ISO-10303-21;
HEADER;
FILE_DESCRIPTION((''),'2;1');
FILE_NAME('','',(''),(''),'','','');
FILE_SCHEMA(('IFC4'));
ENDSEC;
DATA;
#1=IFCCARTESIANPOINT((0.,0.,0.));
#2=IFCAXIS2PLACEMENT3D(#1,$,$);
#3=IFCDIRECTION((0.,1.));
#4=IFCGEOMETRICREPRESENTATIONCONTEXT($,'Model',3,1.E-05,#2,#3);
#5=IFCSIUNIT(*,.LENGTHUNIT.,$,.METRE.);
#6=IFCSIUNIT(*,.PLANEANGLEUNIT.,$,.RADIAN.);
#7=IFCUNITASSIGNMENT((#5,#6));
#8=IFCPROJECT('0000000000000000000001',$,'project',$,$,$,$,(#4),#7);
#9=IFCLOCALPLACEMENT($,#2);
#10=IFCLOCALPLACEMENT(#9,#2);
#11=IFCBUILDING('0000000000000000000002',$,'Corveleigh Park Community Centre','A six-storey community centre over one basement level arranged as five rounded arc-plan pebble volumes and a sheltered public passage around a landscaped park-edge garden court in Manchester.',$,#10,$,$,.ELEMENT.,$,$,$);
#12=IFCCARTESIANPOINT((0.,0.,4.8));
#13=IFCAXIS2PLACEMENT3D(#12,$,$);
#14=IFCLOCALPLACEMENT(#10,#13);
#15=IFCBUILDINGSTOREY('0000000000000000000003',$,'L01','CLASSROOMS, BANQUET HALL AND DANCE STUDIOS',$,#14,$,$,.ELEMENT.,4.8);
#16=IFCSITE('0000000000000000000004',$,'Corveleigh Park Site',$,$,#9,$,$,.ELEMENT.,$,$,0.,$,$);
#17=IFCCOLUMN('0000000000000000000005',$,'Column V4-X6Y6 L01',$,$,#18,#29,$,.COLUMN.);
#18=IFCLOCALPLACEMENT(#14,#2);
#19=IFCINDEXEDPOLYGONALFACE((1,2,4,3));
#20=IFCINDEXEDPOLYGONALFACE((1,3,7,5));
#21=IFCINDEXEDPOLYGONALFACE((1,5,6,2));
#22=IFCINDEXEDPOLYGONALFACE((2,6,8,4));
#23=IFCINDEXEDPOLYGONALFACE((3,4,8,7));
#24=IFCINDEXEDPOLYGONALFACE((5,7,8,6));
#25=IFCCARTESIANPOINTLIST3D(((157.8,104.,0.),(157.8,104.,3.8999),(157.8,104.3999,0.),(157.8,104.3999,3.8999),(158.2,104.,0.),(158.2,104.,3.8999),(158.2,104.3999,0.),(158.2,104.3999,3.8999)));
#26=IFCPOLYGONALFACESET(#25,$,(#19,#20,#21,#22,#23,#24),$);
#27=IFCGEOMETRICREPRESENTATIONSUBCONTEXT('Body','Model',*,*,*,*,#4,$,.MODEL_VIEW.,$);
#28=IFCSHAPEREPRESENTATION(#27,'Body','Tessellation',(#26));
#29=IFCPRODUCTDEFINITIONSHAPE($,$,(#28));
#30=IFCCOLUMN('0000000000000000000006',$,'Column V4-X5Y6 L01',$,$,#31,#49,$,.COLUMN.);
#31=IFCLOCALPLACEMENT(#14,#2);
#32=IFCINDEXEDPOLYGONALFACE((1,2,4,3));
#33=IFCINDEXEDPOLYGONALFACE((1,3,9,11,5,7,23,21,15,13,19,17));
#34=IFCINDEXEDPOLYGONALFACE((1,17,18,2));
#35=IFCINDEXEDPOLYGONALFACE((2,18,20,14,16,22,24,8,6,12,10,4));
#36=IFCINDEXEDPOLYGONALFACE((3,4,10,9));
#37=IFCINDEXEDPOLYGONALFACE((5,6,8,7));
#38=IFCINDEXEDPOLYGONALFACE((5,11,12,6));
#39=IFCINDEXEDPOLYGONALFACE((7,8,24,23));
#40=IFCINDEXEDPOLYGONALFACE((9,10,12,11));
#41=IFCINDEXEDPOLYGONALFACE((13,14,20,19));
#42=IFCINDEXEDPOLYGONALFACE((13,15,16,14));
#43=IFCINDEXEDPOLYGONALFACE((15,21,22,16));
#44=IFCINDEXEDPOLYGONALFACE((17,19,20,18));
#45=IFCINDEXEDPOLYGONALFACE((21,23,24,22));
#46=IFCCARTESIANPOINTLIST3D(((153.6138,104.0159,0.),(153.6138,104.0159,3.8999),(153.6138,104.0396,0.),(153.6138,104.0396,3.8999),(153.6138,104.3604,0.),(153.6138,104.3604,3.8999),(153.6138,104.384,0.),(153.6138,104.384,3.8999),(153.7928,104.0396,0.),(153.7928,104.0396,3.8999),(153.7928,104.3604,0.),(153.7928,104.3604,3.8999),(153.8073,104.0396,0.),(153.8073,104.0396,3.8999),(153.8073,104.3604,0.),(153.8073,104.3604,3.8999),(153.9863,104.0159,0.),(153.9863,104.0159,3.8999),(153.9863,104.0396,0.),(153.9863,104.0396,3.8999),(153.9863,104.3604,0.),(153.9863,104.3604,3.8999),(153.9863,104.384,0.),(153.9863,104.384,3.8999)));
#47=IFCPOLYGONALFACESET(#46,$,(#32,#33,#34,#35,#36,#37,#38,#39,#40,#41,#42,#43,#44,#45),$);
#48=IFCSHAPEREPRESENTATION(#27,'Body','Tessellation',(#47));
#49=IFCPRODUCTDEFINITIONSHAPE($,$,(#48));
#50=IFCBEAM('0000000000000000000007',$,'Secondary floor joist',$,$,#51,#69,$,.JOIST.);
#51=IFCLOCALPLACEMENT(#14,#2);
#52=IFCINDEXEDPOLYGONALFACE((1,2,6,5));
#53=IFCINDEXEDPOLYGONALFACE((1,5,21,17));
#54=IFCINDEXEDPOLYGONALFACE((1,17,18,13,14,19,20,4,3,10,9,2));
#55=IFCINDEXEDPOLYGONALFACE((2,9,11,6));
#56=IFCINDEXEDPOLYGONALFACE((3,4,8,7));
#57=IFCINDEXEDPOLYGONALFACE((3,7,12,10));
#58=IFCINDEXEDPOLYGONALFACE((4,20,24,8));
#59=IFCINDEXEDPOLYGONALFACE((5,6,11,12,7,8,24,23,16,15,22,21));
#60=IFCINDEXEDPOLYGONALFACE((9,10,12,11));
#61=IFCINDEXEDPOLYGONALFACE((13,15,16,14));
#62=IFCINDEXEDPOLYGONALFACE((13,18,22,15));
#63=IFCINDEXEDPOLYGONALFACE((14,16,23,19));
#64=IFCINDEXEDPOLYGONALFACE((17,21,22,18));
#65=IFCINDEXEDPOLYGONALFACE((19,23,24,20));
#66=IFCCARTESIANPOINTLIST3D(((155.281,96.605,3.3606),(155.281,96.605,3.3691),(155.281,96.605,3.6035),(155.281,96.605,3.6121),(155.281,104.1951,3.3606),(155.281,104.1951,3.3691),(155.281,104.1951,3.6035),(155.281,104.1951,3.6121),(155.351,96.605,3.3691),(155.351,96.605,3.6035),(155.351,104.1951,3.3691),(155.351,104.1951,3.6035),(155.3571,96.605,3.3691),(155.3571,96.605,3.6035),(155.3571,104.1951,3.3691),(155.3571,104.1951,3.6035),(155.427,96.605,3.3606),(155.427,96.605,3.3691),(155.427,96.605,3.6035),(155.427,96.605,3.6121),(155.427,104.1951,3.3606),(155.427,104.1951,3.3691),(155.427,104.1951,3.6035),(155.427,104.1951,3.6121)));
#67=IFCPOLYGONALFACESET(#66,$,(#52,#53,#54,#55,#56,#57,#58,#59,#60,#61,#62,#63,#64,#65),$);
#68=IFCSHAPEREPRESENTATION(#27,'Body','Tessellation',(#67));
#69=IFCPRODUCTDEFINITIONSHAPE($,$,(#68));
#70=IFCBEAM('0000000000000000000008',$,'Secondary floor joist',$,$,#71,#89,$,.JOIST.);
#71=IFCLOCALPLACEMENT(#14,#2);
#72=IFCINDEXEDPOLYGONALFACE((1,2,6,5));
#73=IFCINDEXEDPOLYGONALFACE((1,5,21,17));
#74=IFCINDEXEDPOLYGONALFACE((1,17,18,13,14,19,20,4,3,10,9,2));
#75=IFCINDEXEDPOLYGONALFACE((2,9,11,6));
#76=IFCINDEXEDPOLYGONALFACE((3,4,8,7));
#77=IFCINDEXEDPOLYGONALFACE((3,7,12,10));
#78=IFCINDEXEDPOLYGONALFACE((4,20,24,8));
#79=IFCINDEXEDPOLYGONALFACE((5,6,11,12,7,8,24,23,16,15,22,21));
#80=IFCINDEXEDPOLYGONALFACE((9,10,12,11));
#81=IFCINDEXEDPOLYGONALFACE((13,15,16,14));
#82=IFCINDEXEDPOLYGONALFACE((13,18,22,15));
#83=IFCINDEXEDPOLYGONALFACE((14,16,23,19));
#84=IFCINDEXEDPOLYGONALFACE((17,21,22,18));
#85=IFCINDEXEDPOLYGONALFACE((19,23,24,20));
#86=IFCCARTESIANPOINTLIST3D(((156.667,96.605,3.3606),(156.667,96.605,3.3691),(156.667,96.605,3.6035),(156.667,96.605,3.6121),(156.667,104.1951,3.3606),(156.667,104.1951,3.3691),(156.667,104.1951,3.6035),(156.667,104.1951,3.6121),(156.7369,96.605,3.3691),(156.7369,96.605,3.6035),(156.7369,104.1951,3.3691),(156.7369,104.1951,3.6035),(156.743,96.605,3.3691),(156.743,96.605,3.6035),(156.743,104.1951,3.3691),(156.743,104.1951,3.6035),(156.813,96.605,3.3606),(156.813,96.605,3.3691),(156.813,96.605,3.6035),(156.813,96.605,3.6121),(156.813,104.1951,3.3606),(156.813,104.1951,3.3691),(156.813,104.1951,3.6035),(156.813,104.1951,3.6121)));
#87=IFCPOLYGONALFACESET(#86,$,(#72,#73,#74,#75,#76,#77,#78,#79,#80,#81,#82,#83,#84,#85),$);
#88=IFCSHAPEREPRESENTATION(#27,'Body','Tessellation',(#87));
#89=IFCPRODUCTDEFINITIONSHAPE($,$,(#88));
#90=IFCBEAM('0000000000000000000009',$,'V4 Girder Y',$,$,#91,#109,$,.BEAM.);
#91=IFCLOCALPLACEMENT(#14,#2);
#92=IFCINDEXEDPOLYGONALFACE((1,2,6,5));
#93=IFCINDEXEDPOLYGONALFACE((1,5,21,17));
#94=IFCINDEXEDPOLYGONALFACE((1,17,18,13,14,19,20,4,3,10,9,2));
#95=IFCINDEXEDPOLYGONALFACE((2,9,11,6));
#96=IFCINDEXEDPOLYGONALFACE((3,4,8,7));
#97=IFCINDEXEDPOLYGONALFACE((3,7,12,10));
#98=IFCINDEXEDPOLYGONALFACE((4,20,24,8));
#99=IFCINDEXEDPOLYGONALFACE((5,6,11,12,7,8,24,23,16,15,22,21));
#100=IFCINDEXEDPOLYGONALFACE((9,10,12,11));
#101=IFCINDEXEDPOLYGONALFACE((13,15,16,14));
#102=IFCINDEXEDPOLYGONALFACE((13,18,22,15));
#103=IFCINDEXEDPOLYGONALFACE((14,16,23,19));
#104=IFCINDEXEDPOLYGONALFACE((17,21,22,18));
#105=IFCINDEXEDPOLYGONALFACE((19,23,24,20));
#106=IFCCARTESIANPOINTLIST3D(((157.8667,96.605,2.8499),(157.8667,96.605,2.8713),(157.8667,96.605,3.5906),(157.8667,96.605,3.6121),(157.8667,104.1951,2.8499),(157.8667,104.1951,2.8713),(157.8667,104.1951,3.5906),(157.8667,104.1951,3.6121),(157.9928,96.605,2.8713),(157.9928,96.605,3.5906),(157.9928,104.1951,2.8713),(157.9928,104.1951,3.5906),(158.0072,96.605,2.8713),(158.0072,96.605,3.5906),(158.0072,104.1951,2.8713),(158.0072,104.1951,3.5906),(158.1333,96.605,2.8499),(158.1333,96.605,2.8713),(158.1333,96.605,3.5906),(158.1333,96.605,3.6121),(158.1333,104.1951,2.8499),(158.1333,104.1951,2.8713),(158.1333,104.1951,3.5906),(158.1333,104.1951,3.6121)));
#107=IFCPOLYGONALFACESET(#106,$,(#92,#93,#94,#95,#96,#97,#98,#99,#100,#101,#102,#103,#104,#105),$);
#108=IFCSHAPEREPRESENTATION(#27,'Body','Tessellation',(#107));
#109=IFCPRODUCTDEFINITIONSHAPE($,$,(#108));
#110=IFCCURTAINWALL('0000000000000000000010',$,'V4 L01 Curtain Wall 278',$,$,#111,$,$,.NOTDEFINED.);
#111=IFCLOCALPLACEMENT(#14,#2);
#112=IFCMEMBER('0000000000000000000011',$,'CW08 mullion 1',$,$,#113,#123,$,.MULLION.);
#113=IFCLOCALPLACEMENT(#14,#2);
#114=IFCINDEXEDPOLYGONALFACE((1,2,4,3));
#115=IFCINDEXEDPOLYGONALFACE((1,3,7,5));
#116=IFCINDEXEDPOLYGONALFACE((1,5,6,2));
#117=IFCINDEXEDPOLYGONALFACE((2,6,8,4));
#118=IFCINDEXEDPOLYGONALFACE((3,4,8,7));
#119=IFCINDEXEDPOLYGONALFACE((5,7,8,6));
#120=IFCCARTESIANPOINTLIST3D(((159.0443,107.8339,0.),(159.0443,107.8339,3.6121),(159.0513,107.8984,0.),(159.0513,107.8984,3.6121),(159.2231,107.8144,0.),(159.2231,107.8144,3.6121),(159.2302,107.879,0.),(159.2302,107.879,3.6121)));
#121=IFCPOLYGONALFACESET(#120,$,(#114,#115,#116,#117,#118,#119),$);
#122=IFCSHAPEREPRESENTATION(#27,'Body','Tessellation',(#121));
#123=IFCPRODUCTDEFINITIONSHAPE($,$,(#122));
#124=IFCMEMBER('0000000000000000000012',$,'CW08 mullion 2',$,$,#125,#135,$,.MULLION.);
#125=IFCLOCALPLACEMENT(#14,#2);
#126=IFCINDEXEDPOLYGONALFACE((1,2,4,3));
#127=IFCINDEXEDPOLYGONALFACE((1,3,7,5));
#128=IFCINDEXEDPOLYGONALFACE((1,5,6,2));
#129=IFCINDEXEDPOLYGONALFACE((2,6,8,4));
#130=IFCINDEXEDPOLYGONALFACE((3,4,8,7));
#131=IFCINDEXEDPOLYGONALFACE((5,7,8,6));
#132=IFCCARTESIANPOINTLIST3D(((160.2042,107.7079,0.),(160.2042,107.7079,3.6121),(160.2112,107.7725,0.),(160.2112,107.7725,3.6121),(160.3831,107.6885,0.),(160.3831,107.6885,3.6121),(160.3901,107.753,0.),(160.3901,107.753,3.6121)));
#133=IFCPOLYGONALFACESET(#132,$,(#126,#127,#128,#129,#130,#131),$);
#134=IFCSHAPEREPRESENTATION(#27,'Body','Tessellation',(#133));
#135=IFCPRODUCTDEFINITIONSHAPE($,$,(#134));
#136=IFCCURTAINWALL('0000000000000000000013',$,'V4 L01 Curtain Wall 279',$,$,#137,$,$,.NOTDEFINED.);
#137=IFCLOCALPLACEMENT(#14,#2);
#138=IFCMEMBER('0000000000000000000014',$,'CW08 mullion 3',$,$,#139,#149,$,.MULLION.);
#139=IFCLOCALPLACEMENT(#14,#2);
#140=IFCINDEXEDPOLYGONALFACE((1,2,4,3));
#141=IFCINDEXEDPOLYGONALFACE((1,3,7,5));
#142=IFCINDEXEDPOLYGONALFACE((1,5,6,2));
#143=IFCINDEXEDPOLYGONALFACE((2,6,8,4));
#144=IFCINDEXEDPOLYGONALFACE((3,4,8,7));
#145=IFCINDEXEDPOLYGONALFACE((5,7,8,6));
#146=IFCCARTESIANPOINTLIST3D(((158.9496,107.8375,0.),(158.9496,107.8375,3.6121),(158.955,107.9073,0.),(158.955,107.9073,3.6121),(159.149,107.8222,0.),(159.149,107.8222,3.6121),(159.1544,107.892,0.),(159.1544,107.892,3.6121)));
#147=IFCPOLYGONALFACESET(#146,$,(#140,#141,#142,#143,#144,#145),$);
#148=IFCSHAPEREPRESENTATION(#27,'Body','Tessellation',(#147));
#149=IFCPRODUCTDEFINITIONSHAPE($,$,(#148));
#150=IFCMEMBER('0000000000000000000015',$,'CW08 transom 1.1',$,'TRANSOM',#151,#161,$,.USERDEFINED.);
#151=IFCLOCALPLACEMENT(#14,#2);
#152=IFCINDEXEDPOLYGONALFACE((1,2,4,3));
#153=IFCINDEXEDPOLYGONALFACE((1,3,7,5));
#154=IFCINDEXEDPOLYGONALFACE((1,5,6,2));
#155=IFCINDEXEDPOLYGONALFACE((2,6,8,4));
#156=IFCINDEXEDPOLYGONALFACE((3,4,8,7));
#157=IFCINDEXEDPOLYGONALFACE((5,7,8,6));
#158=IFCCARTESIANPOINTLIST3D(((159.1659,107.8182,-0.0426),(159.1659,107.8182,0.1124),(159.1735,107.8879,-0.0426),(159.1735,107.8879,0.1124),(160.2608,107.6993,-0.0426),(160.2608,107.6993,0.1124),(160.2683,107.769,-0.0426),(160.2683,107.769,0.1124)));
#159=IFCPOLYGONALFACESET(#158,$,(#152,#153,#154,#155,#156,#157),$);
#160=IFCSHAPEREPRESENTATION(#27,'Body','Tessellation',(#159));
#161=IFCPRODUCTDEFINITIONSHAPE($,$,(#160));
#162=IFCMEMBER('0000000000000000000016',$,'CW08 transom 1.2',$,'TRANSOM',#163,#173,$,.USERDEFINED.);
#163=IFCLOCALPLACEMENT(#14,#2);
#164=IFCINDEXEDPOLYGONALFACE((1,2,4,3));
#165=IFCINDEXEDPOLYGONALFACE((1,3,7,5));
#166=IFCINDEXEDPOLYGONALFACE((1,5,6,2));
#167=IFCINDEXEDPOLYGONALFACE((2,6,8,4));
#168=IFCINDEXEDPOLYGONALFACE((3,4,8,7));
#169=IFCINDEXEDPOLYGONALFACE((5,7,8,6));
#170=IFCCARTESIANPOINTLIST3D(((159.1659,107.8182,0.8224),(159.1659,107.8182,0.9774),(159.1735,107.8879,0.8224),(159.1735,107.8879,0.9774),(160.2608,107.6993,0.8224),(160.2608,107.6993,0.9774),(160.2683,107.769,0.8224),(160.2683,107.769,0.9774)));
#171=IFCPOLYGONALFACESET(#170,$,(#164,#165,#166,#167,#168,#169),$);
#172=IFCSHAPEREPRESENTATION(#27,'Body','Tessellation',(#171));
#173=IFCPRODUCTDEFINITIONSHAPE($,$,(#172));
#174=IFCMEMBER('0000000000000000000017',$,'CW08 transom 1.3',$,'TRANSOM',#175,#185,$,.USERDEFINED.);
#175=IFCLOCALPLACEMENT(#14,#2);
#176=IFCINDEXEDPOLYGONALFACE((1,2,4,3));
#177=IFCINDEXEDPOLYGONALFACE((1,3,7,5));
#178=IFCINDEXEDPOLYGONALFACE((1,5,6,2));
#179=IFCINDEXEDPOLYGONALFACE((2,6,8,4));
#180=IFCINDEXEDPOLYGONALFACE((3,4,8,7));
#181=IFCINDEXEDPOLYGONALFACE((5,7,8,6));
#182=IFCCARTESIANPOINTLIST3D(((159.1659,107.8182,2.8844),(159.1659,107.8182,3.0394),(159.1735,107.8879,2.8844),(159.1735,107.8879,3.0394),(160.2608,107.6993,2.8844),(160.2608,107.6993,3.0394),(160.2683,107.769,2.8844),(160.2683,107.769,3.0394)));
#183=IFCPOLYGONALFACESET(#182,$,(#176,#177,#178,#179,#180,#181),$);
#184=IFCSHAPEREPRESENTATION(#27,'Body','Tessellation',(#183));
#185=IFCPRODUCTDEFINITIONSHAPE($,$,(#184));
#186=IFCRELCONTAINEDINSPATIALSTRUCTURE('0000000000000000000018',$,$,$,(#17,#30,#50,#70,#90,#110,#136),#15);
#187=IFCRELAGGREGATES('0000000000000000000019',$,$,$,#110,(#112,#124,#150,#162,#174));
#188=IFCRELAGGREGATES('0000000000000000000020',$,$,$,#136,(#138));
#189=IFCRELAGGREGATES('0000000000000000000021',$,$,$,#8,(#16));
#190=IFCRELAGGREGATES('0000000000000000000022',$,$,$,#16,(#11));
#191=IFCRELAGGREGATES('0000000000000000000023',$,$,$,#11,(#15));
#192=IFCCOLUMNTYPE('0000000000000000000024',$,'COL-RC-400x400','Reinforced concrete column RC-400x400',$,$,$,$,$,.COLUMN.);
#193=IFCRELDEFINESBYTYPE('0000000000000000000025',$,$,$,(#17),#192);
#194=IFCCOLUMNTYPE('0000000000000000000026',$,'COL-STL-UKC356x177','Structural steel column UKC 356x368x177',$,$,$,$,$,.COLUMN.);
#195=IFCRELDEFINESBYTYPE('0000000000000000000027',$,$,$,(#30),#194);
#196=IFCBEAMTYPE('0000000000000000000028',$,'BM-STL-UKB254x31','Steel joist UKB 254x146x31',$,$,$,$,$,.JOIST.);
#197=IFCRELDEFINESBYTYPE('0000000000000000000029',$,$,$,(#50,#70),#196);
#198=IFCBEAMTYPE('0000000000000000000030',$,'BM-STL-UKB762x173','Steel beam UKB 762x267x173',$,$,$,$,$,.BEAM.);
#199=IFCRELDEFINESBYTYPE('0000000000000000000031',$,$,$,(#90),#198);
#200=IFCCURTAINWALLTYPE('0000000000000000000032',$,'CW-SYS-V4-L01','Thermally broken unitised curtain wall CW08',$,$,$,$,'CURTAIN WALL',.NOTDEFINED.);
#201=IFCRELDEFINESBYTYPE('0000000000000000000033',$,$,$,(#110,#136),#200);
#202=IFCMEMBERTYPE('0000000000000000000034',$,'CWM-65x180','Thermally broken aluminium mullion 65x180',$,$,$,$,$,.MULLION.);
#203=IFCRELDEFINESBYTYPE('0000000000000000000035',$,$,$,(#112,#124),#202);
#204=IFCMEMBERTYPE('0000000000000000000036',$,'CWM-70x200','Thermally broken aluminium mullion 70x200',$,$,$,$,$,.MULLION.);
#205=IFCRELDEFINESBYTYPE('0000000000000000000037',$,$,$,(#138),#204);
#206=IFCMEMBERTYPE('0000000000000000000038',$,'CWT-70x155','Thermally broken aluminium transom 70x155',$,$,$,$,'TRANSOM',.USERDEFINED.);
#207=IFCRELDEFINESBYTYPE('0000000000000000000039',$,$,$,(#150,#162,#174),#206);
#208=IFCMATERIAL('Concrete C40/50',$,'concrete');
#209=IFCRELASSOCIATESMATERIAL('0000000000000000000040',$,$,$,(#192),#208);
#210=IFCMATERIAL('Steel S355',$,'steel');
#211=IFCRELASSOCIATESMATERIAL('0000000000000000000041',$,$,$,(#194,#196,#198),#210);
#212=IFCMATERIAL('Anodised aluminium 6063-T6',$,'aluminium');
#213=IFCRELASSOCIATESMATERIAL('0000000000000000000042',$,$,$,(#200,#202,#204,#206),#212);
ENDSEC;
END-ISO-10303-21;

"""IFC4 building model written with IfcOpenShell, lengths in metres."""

from ifc_helpers import new_model, si_unit, direction, frame, origin, origin_2d, place, context, subcontext, project, spatial, rectangle, i_section, extrude, material, material_profile, profile_set, type_object, element, aggregate, save


model = new_model("IFC4")

# Units and contexts
model_context = context("Model", 3, precision=1e-05, world=origin(), true_north=direction((0.0, 1.0)))
body_context = subcontext(model_context, "Body", "Model", "MODEL_VIEW")
ifc_project = project(units=[si_unit("LENGTHUNIT", "METRE"), si_unit("PLANEANGLEUNIT", "RADIAN")], contexts=[model_context])

# Site, building, storey
site_placement = place(None, origin())
site = spatial("IfcSite", under=ifc_project, at=site_placement, Name="Corveleigh Park Site", CompositionType="ELEMENT", RefElevation=0.0)
building_placement = place(site_placement, origin())
building = spatial("IfcBuilding", under=site, at=building_placement, Name="Corveleigh Park Community Centre", Description="A six-storey community centre over one basement level arranged as five rounded arc-plan pebble volumes and a sheltered public passage around a landscaped park-edge garden court in Manchester.", CompositionType="ELEMENT")
storey_placement = place(building_placement, frame((0.0, 0.0, 4.8)))
storey = spatial("IfcBuildingStorey", under=building, at=storey_placement, Name="L01", Description="CLASSROOMS, BANQUET HALL AND DANCE STUDIOS", CompositionType="ELEMENT", Elevation=4.8)

# Columns
ifc_material_1 = material(Name="Concrete C40/50", Category="concrete")
ifc_material_profile_1 = material_profile(ifc_material_1, rectangle(XDim=0.3999, YDim=0.3999, at=origin_2d()), Name="RC-400x400", Category="concrete")
ifc_profile_set_1 = profile_set([ifc_material_profile_1], Name="Concrete C40/50")
column_type_1 = type_object("IfcColumnType", Name="COL-RC-400x400", Description="Reinforced concrete column RC-400x400", PredefinedType="COLUMN", material=ifc_profile_set_1)
column_1_placement = place(storey_placement, frame((158.0, 104.2, 0.0), z_axis=(0.0, 0.0, 1.0), x_axis=(1.0, 0.0, 0.0)))
element("IfcColumn", 1, at=column_1_placement, inside=storey, type_object=column_type_1, Name="Column V4-X6Y6 L01", PredefinedType="COLUMN", context=body_context, shape_type="SweptSolid", body=[
    extrude(rectangle(XDim=0.3999, YDim=0.3999, at=origin_2d()), origin(), (0.0, 0.0, 1.0), 3.8999),
])
ifc_material_2 = material(Name="Steel S355", Category="steel")
ifc_material_profile_2 = material_profile(ifc_material_2, i_section(OverallWidth=0.3726, OverallDepth=0.3682, WebThickness=0.0144, FlangeThickness=0.0237, at=origin_2d()), Name="UKC 356x368x177", Category="steel")
ifc_profile_set_2 = profile_set([ifc_material_profile_2], Name="Steel S355")
column_type_2 = type_object("IfcColumnType", Name="COL-STL-UKC356x177", Description="Structural steel column UKC 356x368x177", PredefinedType="COLUMN", material=ifc_profile_set_2)
column_2_placement = place(storey_placement, frame((153.8, 104.2, 0.0), z_axis=(0.0, 0.0, 1.0), x_axis=(1.0, 0.0, 0.0)))
element("IfcColumn", 2, at=column_2_placement, inside=storey, type_object=column_type_2, Name="Column V4-X5Y6 L01", PredefinedType="COLUMN", context=body_context, shape_type="SweptSolid", body=[
    extrude(i_section(OverallWidth=0.3726, OverallDepth=0.3682, WebThickness=0.0144, FlangeThickness=0.0237, at=origin_2d()), origin(), (0.0, 0.0, 1.0), 3.8999),
])

# Beams
ifc_material_profile_3 = material_profile(ifc_material_2, i_section(OverallWidth=0.146, OverallDepth=0.2515, WebThickness=0.0061, FlangeThickness=0.0085, at=origin_2d()), Name="UKB 254x146x31", Category="steel")
ifc_profile_set_3 = profile_set([ifc_material_profile_3], Name="Steel S355")
beam_type_1 = type_object("IfcBeamType", Name="BM-STL-UKB254x31", Description="Steel joist UKB 254x146x31", PredefinedType="JOIST", material=ifc_profile_set_3)
for number, where, z_axis, x_axis, name in (
    (3, (155.354, 96.605, 3.4863), (0.0, 1.0, 0.0), (-1.0, 0.0, 0.0), "Secondary floor joist"),
    (4, (156.74, 96.605, 3.4863), (0.0, 1.0, 0.0), (-1.0, 0.0, 0.0), "Secondary floor joist"),
):
    element("IfcBeam", number, at=place(storey_placement, frame(where, z_axis=z_axis, x_axis=x_axis)), inside=storey, type_object=beam_type_1, Name=name, PredefinedType="JOIST", context=body_context, shape_type="SweptSolid", body=[
        extrude(i_section(OverallWidth=0.146, OverallDepth=0.2515, WebThickness=0.0061, FlangeThickness=0.0085, at=origin_2d()), origin(), (0.0, 0.0, 1.0), 7.5901),
    ])
ifc_material_profile_4 = material_profile(ifc_material_2, i_section(OverallWidth=0.2666, OverallDepth=0.7622, WebThickness=0.0144, FlangeThickness=0.0215, at=origin_2d()), Name="UKB 762x267x173", Category="steel")
ifc_profile_set_4 = profile_set([ifc_material_profile_4], Name="Steel S355")
beam_type_2 = type_object("IfcBeamType", Name="BM-STL-UKB762x173", Description="Steel beam UKB 762x267x173", PredefinedType="BEAM", material=ifc_profile_set_4)
beam_1_placement = place(storey_placement, frame((158.0, 96.605, 3.231), z_axis=(0.0, 1.0, 0.0), x_axis=(-1.0, 0.0, 0.0)))
element("IfcBeam", 5, at=beam_1_placement, inside=storey, type_object=beam_type_2, Name="V4 Girder Y", PredefinedType="BEAM", context=body_context, shape_type="SweptSolid", body=[
    extrude(i_section(OverallWidth=0.2666, OverallDepth=0.7622, WebThickness=0.0144, FlangeThickness=0.0215, at=origin_2d()), origin(), (0.0, 0.0, 1.0), 7.5901),
])

# Curtain wall, members
ifc_material_3 = material(Name="Anodised aluminium 6063-T6", Category="aluminium")
curtain_wall_type = type_object("IfcCurtainWallType", Name="CW-SYS-V4-L01", Description="Thermally broken unitised curtain wall CW08", ElementType="CURTAIN WALL", PredefinedType="NOTDEFINED", material=ifc_material_3)
curtain_wall_1_placement = place(storey_placement, origin())
curtain_wall_1 = element("IfcCurtainWall", 6, at=curtain_wall_1_placement, inside=storey, type_object=curtain_wall_type, Name="V4 L01 Curtain Wall 278", PredefinedType="NOTDEFINED")
ifc_material_profile_5 = material_profile(ifc_material_3, rectangle(XDim=0.0649, YDim=0.1799, at=origin_2d()), Name="ALU-M65x180", Category="aluminium")
ifc_profile_set_5 = profile_set([ifc_material_profile_5], Name="Anodised aluminium 6063-T6")
member_type_1 = type_object("IfcMemberType", Name="CWM-65x180", Description="Thermally broken aluminium mullion 65x180", PredefinedType="MULLION", material=ifc_profile_set_5)
member_1_placement = place(storey_placement, frame((159.1372, 107.8564, 0.0), z_axis=(0.0, 0.0, 1.0), x_axis=(0.108005, 0.99415, 0.0)))
member_1 = element("IfcMember", 7, at=member_1_placement, type_object=member_type_1, Name="CW08 mullion 1", PredefinedType="MULLION", context=body_context, shape_type="SweptSolid", body=[
    extrude(rectangle(XDim=0.0649, YDim=0.1799, at=origin_2d()), origin(), (0.0, 0.0, 1.0), 3.6121),
])
member_2_placement = place(storey_placement, frame((160.2971, 107.7305, 0.0), z_axis=(0.0, 0.0, 1.0), x_axis=(0.108005, 0.99415, 0.0)))
member_2 = element("IfcMember", 8, at=member_2_placement, type_object=member_type_1, Name="CW08 mullion 2", PredefinedType="MULLION", context=body_context, shape_type="SweptSolid", body=[
    extrude(rectangle(XDim=0.0649, YDim=0.1799, at=origin_2d()), origin(), (0.0, 0.0, 1.0), 3.6121),
])

# Curtain wall, member
curtain_wall_2_placement = place(storey_placement, origin())
curtain_wall_2 = element("IfcCurtainWall", 9, at=curtain_wall_2_placement, inside=storey, type_object=curtain_wall_type, Name="V4 L01 Curtain Wall 279", PredefinedType="NOTDEFINED")
ifc_material_profile_6 = material_profile(ifc_material_3, rectangle(XDim=0.0701, YDim=0.2, at=origin_2d()), Name="ALU-M70x200", Category="aluminium")
ifc_profile_set_6 = profile_set([ifc_material_profile_6], Name="Anodised aluminium 6063-T6")
member_type_2 = type_object("IfcMemberType", Name="CWM-70x200", Description="Thermally broken aluminium mullion 70x200", PredefinedType="MULLION", material=ifc_profile_set_6)
member_3_placement = place(storey_placement, frame((159.052, 107.8647, 0.0), z_axis=(0.0, 0.0, 1.0), x_axis=(0.076633, 0.997059, 0.0)))
member_3 = element("IfcMember", 10, at=member_3_placement, type_object=member_type_2, Name="CW08 mullion 3", PredefinedType="MULLION", context=body_context, shape_type="SweptSolid", body=[
    extrude(rectangle(XDim=0.0701, YDim=0.2, at=origin_2d()), origin(), (0.0, 0.0, 1.0), 3.6121),
])

# Members
ifc_material_profile_7 = material_profile(ifc_material_3, rectangle(XDim=0.0701, YDim=0.155, at=origin_2d()), Name="ALU-T70x155", Category="aluminium")
ifc_profile_set_7 = profile_set([ifc_material_profile_7], Name="Anodised aluminium 6063-T6")
member_type_3 = type_object("IfcMemberType", Name="CWT-70x155", Description="Thermally broken aluminium transom 70x155", ElementType="TRANSOM", PredefinedType="USERDEFINED", material=ifc_profile_set_7)
member_4_placement = place(storey_placement, frame((159.1697, 107.853, 0.0349), z_axis=(0.994156, -0.10795, 0.0), x_axis=(0.10795, 0.994156, 0.0)))
member_4 = element("IfcMember", 11, at=member_4_placement, type_object=member_type_3, Name="CW08 transom 1.1", ObjectType="TRANSOM", PredefinedType="USERDEFINED", context=body_context, shape_type="SweptSolid", body=[
    extrude(rectangle(XDim=0.0701, YDim=0.155, at=origin_2d()), origin(), (0.0, 0.0, 1.0), 1.1013),
])
member_5_placement = place(storey_placement, frame((159.1697, 107.853, 0.8999), z_axis=(0.994156, -0.10795, 0.0), x_axis=(0.10795, 0.994156, 0.0)))
member_5 = element("IfcMember", 12, at=member_5_placement, type_object=member_type_3, Name="CW08 transom 1.2", ObjectType="TRANSOM", PredefinedType="USERDEFINED", context=body_context, shape_type="SweptSolid", body=[
    extrude(rectangle(XDim=0.0701, YDim=0.155, at=origin_2d()), origin(), (0.0, 0.0, 1.0), 1.1013),
])
member_6_placement = place(storey_placement, frame((159.1697, 107.853, 2.9619), z_axis=(0.994156, -0.10795, 0.0), x_axis=(0.10795, 0.994156, 0.0)))
member_6 = element("IfcMember", 13, at=member_6_placement, type_object=member_type_3, Name="CW08 transom 1.3", ObjectType="TRANSOM", PredefinedType="USERDEFINED", context=body_context, shape_type="SweptSolid", body=[
    extrude(rectangle(XDim=0.0701, YDim=0.155, at=origin_2d()), origin(), (0.0, 0.0, 1.0), 1.1013),
])

aggregate(curtain_wall_1, [member_1, member_2, member_4, member_5, member_6])
aggregate(curtain_wall_2, [member_3])

save(model, "model.ifc")
